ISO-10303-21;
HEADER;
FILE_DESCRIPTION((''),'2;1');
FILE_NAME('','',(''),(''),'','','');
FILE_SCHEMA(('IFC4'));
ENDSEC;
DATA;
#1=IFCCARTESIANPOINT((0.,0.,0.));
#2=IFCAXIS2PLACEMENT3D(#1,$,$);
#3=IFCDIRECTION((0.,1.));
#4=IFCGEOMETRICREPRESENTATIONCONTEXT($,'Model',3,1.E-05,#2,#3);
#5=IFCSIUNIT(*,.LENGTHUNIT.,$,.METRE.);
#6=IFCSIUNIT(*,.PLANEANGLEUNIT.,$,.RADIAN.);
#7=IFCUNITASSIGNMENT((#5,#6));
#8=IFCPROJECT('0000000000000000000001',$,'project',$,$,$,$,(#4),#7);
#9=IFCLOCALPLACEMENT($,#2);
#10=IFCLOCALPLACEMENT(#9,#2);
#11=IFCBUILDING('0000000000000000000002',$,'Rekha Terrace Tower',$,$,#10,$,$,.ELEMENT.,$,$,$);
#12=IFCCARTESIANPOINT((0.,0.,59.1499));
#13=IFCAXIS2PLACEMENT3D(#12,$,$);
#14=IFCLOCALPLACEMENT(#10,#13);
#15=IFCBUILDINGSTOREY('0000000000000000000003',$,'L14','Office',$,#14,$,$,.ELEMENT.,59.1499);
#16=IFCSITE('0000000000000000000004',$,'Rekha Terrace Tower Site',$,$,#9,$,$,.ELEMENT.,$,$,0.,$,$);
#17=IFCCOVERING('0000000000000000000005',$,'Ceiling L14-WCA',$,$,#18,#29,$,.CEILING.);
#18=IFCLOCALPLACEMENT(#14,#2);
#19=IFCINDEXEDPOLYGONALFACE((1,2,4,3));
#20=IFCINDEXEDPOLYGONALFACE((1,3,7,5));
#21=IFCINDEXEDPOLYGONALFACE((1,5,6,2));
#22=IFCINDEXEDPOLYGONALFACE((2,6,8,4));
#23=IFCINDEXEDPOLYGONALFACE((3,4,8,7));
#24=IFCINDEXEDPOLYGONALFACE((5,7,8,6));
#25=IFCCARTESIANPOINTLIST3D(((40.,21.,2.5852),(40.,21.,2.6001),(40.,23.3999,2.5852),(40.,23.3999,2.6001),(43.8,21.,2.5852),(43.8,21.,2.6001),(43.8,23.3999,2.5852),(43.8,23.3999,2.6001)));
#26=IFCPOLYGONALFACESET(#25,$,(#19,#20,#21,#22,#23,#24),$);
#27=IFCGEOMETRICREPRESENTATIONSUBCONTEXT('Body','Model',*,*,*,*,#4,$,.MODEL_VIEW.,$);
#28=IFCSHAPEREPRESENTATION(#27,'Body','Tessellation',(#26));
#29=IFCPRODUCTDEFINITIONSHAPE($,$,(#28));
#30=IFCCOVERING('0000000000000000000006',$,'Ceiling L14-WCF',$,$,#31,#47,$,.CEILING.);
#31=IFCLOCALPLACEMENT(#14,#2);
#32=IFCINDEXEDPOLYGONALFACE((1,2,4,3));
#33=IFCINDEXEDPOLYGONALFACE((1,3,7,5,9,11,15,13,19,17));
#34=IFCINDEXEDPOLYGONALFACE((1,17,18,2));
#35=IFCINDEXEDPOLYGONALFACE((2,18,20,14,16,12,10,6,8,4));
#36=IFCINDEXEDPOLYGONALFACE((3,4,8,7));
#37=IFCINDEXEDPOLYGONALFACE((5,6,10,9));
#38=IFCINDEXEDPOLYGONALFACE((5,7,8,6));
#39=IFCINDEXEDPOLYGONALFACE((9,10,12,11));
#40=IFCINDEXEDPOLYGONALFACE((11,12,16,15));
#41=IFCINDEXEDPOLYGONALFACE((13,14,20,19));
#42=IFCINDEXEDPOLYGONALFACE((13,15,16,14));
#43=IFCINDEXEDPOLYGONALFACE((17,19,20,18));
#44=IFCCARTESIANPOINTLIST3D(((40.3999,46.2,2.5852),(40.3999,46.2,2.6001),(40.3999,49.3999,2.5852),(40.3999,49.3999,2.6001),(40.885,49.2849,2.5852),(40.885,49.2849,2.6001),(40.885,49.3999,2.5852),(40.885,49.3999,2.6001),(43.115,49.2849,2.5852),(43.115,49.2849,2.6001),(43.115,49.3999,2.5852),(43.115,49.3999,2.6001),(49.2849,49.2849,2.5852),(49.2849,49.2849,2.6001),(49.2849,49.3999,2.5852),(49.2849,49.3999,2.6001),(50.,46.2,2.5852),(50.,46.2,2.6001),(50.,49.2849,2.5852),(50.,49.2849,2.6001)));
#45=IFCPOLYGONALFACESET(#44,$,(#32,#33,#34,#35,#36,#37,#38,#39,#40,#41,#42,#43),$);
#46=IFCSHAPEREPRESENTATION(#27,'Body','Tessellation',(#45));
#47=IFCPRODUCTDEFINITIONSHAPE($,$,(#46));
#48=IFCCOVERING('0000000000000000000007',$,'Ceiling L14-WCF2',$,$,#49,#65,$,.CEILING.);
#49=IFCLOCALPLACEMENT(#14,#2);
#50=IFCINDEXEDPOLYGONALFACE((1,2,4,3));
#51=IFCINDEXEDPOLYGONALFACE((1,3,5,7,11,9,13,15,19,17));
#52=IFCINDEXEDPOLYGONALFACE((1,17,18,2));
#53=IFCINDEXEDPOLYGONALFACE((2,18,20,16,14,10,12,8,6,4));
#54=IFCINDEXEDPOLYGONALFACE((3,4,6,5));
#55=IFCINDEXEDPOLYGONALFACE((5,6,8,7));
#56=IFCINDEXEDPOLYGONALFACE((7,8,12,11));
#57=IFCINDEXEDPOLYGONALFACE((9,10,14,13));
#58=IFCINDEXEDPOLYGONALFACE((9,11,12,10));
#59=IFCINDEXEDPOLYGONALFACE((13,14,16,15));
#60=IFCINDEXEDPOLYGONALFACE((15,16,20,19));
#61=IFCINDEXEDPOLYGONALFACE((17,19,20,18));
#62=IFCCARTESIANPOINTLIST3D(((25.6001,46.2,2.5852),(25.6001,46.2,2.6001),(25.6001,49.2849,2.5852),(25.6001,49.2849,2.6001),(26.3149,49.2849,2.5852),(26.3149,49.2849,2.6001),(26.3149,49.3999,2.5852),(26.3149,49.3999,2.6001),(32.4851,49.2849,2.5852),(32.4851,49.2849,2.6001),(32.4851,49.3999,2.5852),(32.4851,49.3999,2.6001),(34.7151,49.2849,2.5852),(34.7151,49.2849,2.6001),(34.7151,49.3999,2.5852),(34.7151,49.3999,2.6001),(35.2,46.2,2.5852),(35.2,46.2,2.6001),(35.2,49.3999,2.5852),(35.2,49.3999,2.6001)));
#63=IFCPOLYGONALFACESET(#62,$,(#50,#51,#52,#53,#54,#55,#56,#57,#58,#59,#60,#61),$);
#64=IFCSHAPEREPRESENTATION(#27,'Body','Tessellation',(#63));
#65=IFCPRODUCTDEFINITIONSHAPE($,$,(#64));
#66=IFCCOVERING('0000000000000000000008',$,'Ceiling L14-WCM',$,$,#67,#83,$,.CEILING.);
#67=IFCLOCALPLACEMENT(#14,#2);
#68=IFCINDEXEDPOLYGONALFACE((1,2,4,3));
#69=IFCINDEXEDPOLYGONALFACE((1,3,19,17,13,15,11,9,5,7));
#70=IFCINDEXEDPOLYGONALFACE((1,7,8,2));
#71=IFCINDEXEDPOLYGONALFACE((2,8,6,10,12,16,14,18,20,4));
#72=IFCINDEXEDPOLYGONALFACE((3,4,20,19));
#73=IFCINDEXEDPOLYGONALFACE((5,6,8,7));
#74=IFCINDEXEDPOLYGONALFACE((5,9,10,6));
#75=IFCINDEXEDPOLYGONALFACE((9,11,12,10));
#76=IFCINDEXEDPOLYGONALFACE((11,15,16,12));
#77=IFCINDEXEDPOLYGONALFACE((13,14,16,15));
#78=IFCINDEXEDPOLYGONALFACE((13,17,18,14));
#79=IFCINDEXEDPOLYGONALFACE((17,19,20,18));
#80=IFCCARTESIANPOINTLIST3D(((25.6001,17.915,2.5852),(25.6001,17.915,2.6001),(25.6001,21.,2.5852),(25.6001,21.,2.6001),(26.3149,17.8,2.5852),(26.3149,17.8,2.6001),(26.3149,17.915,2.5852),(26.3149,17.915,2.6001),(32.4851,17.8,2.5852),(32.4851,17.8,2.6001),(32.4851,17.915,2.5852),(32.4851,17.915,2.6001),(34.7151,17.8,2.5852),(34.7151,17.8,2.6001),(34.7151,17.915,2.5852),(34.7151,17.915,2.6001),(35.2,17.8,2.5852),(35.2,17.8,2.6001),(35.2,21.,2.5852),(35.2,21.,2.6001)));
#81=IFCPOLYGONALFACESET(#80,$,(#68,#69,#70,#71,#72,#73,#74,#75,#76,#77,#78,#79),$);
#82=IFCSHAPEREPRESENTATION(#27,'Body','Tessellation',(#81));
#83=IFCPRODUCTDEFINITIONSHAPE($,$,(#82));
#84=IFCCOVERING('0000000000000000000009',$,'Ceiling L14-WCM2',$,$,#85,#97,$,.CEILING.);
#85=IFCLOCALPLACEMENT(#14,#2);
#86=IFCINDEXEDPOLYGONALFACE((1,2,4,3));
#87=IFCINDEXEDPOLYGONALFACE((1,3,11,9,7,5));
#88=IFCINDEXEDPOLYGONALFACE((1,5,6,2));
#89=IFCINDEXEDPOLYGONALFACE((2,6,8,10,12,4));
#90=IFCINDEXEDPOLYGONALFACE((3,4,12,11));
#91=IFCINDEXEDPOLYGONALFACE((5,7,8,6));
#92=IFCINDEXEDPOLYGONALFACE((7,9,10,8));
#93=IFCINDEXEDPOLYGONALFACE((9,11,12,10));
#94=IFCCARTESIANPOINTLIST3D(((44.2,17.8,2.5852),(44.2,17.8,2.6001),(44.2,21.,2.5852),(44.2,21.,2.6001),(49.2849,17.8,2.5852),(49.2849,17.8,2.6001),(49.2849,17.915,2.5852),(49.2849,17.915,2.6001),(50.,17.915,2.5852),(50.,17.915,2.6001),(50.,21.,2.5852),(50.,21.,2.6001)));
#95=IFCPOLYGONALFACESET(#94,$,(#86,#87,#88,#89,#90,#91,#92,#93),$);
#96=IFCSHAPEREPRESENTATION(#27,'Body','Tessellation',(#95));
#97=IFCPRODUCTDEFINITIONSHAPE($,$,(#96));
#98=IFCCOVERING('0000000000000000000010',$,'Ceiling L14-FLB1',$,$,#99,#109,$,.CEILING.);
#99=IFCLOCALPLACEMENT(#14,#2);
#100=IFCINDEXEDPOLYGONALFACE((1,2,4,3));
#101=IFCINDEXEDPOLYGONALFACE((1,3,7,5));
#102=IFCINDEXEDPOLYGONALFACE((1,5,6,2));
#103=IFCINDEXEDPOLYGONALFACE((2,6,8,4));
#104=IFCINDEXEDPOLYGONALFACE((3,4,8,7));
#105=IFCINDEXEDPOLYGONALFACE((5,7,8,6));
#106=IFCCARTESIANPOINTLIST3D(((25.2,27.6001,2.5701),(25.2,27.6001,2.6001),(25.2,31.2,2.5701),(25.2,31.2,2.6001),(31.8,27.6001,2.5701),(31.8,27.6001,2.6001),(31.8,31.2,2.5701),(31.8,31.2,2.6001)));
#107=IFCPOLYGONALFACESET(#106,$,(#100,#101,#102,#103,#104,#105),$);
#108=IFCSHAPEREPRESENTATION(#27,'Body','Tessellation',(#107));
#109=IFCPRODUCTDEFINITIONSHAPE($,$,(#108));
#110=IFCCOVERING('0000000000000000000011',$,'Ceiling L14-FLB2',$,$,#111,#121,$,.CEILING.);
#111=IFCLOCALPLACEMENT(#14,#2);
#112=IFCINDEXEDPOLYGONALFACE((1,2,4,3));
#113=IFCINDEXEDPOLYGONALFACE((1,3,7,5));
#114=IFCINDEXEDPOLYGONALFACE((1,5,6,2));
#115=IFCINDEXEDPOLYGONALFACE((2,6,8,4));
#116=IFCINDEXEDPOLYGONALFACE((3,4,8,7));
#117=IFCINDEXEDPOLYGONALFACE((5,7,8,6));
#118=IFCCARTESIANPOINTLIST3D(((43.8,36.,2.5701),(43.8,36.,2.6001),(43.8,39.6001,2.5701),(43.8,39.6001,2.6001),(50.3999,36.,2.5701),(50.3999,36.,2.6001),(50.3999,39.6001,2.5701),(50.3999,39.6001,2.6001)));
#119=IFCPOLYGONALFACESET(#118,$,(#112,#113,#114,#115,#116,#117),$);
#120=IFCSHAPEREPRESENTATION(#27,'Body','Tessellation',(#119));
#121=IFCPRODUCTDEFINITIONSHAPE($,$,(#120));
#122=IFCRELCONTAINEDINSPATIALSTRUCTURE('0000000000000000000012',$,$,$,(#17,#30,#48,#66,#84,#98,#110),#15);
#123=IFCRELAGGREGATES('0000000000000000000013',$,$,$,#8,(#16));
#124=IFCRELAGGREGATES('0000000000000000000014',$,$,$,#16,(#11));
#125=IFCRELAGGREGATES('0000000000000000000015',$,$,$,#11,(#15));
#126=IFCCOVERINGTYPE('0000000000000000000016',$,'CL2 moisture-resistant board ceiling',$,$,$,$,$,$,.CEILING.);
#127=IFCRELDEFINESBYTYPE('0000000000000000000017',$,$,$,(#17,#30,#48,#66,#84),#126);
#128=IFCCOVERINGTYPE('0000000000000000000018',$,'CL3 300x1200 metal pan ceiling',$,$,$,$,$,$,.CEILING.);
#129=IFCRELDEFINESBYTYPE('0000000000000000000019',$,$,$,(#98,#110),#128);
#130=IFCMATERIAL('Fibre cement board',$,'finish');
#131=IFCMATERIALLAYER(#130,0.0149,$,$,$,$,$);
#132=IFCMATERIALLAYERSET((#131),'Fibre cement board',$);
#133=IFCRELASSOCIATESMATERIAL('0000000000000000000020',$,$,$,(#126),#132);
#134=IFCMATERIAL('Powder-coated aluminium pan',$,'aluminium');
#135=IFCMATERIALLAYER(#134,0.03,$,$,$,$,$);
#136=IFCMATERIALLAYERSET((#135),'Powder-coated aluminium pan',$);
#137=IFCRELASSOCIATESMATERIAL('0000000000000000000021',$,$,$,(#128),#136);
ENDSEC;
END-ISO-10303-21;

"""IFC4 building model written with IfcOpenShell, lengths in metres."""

from ifc_helpers import new_model, si_unit, direction, frame, origin, place, context, subcontext, project, spatial, polyline, outline, extrude, material, layer, layer_set, type_object, element, save


model = new_model("IFC4")

# Units and contexts
model_context = context("Model", 3, precision=1e-05, world=origin(), true_north=direction((0.0, 1.0)))
body_context = subcontext(model_context, "Body", "Model", "MODEL_VIEW")
ifc_project = project(units=[si_unit("LENGTHUNIT", "METRE"), si_unit("PLANEANGLEUNIT", "RADIAN")], contexts=[model_context])

# Site, building, storey
site_placement = place(None, origin())
site = spatial("IfcSite", under=ifc_project, at=site_placement, Name="Rekha Terrace Tower Site", CompositionType="ELEMENT", RefElevation=0.0)
building_placement = place(site_placement, origin())
building = spatial("IfcBuilding", under=site, at=building_placement, Name="Rekha Terrace Tower", CompositionType="ELEMENT")
storey_placement = place(building_placement, frame((0.0, 0.0, 59.1499)))
storey = spatial("IfcBuildingStorey", under=building, at=storey_placement, Name="L14", Description="Office", CompositionType="ELEMENT", Elevation=59.1499)

# Coverings
ifc_material_1 = material(Name="Fibre cement board", Category="finish")
ifc_layer_1 = layer(ifc_material_1, 0.0149)
ifc_layer_set_1 = layer_set([ifc_layer_1], Name="Fibre cement board")
covering_type_1 = type_object("IfcCoveringType", Name="CL2 moisture-resistant board ceiling", PredefinedType="CEILING", material=ifc_layer_set_1)
covering_1_placement = place(storey_placement, frame((0.0, 0.0, 2.5852)))
element("IfcCovering", 1, at=covering_1_placement, inside=storey, type_object=covering_type_1, Name="Ceiling L14-WCA", PredefinedType="CEILING", context=body_context, shape_type="SweptSolid", body=[
    extrude(outline(polyline([(43.8, 23.3999), (40.0, 23.3999), (40.0, 21.0), (43.8, 21.0), (43.8, 23.3999)])), origin(), (0.0, 0.0, 1.0), 0.0149),
])
covering_2_placement = place(storey_placement, frame((0.0, 0.0, 2.5852)))
element("IfcCovering", 2, at=covering_2_placement, inside=storey, type_object=covering_type_1, Name="Ceiling L14-WCF", PredefinedType="CEILING", context=body_context, shape_type="SweptSolid", body=[
    extrude(outline(polyline([(40.885, 49.3999), (40.3999, 49.3999), (40.3999, 46.2), (50.0, 46.2), (50.0, 49.2849), (49.2849, 49.2849), (49.2849, 49.3999), (43.115, 49.3999), (43.115, 49.2849), (40.885, 49.2849), (40.885, 49.3999)])), origin(), (0.0, 0.0, 1.0), 0.0149),
])
covering_3_placement = place(storey_placement, frame((0.0, 0.0, 2.5852)))
element("IfcCovering", 3, at=covering_3_placement, inside=storey, type_object=covering_type_1, Name="Ceiling L14-WCF2", PredefinedType="CEILING", context=body_context, shape_type="SweptSolid", body=[
    extrude(outline(polyline([(26.3149, 49.2849), (25.6001, 49.2849), (25.6001, 46.2), (35.2, 46.2), (35.2, 49.3999), (34.7151, 49.3999), (34.7151, 49.2849), (32.4851, 49.2849), (32.4851, 49.3999), (26.3149, 49.3999), (26.3149, 49.2849)])), origin(), (0.0, 0.0, 1.0), 0.0149),
])
covering_4_placement = place(storey_placement, frame((0.0, 0.0, 2.5852)))
element("IfcCovering", 4, at=covering_4_placement, inside=storey, type_object=covering_type_1, Name="Ceiling L14-WCM", PredefinedType="CEILING", context=body_context, shape_type="SweptSolid", body=[
    extrude(outline(polyline([(35.2, 21.0), (25.6001, 21.0), (25.6001, 17.915), (26.3149, 17.915), (26.3149, 17.8), (32.4851, 17.8), (32.4851, 17.915), (34.7151, 17.915), (34.7151, 17.8), (35.2, 17.8), (35.2, 21.0)])), origin(), (0.0, 0.0, 1.0), 0.0149),
])
covering_5_placement = place(storey_placement, frame((0.0, 0.0, 2.5852)))
element("IfcCovering", 5, at=covering_5_placement, inside=storey, type_object=covering_type_1, Name="Ceiling L14-WCM2", PredefinedType="CEILING", context=body_context, shape_type="SweptSolid", body=[
    extrude(outline(polyline([(50.0, 21.0), (44.2, 21.0), (44.2, 17.8), (49.2849, 17.8), (49.2849, 17.915), (50.0, 17.915), (50.0, 21.0)])), origin(), (0.0, 0.0, 1.0), 0.0149),
])
ifc_material_2 = material(Name="Powder-coated aluminium pan", Category="aluminium")
ifc_layer_2 = layer(ifc_material_2, 0.03)
ifc_layer_set_2 = layer_set([ifc_layer_2], Name="Powder-coated aluminium pan")
covering_type_2 = type_object("IfcCoveringType", Name="CL3 300x1200 metal pan ceiling", PredefinedType="CEILING", material=ifc_layer_set_2)
covering_6_placement = place(storey_placement, frame((0.0, 0.0, 2.5701)))
element("IfcCovering", 6, at=covering_6_placement, inside=storey, type_object=covering_type_2, Name="Ceiling L14-FLB1", PredefinedType="CEILING", context=body_context, shape_type="SweptSolid", body=[
    extrude(outline(polyline([(31.8, 31.2), (25.2, 31.2), (25.2, 27.6001), (31.8, 27.6001), (31.8, 31.2)])), origin(), (0.0, 0.0, 1.0), 0.03),
])
covering_7_placement = place(storey_placement, frame((0.0, 0.0, 2.5701)))
element("IfcCovering", 7, at=covering_7_placement, inside=storey, type_object=covering_type_2, Name="Ceiling L14-FLB2", PredefinedType="CEILING", context=body_context, shape_type="SweptSolid", body=[
    extrude(outline(polyline([(50.3999, 39.6001), (43.8, 39.6001), (43.8, 36.0), (50.3999, 36.0), (50.3999, 39.6001)])), origin(), (0.0, 0.0, 1.0), 0.03),
])

save(model, "model.ifc")
